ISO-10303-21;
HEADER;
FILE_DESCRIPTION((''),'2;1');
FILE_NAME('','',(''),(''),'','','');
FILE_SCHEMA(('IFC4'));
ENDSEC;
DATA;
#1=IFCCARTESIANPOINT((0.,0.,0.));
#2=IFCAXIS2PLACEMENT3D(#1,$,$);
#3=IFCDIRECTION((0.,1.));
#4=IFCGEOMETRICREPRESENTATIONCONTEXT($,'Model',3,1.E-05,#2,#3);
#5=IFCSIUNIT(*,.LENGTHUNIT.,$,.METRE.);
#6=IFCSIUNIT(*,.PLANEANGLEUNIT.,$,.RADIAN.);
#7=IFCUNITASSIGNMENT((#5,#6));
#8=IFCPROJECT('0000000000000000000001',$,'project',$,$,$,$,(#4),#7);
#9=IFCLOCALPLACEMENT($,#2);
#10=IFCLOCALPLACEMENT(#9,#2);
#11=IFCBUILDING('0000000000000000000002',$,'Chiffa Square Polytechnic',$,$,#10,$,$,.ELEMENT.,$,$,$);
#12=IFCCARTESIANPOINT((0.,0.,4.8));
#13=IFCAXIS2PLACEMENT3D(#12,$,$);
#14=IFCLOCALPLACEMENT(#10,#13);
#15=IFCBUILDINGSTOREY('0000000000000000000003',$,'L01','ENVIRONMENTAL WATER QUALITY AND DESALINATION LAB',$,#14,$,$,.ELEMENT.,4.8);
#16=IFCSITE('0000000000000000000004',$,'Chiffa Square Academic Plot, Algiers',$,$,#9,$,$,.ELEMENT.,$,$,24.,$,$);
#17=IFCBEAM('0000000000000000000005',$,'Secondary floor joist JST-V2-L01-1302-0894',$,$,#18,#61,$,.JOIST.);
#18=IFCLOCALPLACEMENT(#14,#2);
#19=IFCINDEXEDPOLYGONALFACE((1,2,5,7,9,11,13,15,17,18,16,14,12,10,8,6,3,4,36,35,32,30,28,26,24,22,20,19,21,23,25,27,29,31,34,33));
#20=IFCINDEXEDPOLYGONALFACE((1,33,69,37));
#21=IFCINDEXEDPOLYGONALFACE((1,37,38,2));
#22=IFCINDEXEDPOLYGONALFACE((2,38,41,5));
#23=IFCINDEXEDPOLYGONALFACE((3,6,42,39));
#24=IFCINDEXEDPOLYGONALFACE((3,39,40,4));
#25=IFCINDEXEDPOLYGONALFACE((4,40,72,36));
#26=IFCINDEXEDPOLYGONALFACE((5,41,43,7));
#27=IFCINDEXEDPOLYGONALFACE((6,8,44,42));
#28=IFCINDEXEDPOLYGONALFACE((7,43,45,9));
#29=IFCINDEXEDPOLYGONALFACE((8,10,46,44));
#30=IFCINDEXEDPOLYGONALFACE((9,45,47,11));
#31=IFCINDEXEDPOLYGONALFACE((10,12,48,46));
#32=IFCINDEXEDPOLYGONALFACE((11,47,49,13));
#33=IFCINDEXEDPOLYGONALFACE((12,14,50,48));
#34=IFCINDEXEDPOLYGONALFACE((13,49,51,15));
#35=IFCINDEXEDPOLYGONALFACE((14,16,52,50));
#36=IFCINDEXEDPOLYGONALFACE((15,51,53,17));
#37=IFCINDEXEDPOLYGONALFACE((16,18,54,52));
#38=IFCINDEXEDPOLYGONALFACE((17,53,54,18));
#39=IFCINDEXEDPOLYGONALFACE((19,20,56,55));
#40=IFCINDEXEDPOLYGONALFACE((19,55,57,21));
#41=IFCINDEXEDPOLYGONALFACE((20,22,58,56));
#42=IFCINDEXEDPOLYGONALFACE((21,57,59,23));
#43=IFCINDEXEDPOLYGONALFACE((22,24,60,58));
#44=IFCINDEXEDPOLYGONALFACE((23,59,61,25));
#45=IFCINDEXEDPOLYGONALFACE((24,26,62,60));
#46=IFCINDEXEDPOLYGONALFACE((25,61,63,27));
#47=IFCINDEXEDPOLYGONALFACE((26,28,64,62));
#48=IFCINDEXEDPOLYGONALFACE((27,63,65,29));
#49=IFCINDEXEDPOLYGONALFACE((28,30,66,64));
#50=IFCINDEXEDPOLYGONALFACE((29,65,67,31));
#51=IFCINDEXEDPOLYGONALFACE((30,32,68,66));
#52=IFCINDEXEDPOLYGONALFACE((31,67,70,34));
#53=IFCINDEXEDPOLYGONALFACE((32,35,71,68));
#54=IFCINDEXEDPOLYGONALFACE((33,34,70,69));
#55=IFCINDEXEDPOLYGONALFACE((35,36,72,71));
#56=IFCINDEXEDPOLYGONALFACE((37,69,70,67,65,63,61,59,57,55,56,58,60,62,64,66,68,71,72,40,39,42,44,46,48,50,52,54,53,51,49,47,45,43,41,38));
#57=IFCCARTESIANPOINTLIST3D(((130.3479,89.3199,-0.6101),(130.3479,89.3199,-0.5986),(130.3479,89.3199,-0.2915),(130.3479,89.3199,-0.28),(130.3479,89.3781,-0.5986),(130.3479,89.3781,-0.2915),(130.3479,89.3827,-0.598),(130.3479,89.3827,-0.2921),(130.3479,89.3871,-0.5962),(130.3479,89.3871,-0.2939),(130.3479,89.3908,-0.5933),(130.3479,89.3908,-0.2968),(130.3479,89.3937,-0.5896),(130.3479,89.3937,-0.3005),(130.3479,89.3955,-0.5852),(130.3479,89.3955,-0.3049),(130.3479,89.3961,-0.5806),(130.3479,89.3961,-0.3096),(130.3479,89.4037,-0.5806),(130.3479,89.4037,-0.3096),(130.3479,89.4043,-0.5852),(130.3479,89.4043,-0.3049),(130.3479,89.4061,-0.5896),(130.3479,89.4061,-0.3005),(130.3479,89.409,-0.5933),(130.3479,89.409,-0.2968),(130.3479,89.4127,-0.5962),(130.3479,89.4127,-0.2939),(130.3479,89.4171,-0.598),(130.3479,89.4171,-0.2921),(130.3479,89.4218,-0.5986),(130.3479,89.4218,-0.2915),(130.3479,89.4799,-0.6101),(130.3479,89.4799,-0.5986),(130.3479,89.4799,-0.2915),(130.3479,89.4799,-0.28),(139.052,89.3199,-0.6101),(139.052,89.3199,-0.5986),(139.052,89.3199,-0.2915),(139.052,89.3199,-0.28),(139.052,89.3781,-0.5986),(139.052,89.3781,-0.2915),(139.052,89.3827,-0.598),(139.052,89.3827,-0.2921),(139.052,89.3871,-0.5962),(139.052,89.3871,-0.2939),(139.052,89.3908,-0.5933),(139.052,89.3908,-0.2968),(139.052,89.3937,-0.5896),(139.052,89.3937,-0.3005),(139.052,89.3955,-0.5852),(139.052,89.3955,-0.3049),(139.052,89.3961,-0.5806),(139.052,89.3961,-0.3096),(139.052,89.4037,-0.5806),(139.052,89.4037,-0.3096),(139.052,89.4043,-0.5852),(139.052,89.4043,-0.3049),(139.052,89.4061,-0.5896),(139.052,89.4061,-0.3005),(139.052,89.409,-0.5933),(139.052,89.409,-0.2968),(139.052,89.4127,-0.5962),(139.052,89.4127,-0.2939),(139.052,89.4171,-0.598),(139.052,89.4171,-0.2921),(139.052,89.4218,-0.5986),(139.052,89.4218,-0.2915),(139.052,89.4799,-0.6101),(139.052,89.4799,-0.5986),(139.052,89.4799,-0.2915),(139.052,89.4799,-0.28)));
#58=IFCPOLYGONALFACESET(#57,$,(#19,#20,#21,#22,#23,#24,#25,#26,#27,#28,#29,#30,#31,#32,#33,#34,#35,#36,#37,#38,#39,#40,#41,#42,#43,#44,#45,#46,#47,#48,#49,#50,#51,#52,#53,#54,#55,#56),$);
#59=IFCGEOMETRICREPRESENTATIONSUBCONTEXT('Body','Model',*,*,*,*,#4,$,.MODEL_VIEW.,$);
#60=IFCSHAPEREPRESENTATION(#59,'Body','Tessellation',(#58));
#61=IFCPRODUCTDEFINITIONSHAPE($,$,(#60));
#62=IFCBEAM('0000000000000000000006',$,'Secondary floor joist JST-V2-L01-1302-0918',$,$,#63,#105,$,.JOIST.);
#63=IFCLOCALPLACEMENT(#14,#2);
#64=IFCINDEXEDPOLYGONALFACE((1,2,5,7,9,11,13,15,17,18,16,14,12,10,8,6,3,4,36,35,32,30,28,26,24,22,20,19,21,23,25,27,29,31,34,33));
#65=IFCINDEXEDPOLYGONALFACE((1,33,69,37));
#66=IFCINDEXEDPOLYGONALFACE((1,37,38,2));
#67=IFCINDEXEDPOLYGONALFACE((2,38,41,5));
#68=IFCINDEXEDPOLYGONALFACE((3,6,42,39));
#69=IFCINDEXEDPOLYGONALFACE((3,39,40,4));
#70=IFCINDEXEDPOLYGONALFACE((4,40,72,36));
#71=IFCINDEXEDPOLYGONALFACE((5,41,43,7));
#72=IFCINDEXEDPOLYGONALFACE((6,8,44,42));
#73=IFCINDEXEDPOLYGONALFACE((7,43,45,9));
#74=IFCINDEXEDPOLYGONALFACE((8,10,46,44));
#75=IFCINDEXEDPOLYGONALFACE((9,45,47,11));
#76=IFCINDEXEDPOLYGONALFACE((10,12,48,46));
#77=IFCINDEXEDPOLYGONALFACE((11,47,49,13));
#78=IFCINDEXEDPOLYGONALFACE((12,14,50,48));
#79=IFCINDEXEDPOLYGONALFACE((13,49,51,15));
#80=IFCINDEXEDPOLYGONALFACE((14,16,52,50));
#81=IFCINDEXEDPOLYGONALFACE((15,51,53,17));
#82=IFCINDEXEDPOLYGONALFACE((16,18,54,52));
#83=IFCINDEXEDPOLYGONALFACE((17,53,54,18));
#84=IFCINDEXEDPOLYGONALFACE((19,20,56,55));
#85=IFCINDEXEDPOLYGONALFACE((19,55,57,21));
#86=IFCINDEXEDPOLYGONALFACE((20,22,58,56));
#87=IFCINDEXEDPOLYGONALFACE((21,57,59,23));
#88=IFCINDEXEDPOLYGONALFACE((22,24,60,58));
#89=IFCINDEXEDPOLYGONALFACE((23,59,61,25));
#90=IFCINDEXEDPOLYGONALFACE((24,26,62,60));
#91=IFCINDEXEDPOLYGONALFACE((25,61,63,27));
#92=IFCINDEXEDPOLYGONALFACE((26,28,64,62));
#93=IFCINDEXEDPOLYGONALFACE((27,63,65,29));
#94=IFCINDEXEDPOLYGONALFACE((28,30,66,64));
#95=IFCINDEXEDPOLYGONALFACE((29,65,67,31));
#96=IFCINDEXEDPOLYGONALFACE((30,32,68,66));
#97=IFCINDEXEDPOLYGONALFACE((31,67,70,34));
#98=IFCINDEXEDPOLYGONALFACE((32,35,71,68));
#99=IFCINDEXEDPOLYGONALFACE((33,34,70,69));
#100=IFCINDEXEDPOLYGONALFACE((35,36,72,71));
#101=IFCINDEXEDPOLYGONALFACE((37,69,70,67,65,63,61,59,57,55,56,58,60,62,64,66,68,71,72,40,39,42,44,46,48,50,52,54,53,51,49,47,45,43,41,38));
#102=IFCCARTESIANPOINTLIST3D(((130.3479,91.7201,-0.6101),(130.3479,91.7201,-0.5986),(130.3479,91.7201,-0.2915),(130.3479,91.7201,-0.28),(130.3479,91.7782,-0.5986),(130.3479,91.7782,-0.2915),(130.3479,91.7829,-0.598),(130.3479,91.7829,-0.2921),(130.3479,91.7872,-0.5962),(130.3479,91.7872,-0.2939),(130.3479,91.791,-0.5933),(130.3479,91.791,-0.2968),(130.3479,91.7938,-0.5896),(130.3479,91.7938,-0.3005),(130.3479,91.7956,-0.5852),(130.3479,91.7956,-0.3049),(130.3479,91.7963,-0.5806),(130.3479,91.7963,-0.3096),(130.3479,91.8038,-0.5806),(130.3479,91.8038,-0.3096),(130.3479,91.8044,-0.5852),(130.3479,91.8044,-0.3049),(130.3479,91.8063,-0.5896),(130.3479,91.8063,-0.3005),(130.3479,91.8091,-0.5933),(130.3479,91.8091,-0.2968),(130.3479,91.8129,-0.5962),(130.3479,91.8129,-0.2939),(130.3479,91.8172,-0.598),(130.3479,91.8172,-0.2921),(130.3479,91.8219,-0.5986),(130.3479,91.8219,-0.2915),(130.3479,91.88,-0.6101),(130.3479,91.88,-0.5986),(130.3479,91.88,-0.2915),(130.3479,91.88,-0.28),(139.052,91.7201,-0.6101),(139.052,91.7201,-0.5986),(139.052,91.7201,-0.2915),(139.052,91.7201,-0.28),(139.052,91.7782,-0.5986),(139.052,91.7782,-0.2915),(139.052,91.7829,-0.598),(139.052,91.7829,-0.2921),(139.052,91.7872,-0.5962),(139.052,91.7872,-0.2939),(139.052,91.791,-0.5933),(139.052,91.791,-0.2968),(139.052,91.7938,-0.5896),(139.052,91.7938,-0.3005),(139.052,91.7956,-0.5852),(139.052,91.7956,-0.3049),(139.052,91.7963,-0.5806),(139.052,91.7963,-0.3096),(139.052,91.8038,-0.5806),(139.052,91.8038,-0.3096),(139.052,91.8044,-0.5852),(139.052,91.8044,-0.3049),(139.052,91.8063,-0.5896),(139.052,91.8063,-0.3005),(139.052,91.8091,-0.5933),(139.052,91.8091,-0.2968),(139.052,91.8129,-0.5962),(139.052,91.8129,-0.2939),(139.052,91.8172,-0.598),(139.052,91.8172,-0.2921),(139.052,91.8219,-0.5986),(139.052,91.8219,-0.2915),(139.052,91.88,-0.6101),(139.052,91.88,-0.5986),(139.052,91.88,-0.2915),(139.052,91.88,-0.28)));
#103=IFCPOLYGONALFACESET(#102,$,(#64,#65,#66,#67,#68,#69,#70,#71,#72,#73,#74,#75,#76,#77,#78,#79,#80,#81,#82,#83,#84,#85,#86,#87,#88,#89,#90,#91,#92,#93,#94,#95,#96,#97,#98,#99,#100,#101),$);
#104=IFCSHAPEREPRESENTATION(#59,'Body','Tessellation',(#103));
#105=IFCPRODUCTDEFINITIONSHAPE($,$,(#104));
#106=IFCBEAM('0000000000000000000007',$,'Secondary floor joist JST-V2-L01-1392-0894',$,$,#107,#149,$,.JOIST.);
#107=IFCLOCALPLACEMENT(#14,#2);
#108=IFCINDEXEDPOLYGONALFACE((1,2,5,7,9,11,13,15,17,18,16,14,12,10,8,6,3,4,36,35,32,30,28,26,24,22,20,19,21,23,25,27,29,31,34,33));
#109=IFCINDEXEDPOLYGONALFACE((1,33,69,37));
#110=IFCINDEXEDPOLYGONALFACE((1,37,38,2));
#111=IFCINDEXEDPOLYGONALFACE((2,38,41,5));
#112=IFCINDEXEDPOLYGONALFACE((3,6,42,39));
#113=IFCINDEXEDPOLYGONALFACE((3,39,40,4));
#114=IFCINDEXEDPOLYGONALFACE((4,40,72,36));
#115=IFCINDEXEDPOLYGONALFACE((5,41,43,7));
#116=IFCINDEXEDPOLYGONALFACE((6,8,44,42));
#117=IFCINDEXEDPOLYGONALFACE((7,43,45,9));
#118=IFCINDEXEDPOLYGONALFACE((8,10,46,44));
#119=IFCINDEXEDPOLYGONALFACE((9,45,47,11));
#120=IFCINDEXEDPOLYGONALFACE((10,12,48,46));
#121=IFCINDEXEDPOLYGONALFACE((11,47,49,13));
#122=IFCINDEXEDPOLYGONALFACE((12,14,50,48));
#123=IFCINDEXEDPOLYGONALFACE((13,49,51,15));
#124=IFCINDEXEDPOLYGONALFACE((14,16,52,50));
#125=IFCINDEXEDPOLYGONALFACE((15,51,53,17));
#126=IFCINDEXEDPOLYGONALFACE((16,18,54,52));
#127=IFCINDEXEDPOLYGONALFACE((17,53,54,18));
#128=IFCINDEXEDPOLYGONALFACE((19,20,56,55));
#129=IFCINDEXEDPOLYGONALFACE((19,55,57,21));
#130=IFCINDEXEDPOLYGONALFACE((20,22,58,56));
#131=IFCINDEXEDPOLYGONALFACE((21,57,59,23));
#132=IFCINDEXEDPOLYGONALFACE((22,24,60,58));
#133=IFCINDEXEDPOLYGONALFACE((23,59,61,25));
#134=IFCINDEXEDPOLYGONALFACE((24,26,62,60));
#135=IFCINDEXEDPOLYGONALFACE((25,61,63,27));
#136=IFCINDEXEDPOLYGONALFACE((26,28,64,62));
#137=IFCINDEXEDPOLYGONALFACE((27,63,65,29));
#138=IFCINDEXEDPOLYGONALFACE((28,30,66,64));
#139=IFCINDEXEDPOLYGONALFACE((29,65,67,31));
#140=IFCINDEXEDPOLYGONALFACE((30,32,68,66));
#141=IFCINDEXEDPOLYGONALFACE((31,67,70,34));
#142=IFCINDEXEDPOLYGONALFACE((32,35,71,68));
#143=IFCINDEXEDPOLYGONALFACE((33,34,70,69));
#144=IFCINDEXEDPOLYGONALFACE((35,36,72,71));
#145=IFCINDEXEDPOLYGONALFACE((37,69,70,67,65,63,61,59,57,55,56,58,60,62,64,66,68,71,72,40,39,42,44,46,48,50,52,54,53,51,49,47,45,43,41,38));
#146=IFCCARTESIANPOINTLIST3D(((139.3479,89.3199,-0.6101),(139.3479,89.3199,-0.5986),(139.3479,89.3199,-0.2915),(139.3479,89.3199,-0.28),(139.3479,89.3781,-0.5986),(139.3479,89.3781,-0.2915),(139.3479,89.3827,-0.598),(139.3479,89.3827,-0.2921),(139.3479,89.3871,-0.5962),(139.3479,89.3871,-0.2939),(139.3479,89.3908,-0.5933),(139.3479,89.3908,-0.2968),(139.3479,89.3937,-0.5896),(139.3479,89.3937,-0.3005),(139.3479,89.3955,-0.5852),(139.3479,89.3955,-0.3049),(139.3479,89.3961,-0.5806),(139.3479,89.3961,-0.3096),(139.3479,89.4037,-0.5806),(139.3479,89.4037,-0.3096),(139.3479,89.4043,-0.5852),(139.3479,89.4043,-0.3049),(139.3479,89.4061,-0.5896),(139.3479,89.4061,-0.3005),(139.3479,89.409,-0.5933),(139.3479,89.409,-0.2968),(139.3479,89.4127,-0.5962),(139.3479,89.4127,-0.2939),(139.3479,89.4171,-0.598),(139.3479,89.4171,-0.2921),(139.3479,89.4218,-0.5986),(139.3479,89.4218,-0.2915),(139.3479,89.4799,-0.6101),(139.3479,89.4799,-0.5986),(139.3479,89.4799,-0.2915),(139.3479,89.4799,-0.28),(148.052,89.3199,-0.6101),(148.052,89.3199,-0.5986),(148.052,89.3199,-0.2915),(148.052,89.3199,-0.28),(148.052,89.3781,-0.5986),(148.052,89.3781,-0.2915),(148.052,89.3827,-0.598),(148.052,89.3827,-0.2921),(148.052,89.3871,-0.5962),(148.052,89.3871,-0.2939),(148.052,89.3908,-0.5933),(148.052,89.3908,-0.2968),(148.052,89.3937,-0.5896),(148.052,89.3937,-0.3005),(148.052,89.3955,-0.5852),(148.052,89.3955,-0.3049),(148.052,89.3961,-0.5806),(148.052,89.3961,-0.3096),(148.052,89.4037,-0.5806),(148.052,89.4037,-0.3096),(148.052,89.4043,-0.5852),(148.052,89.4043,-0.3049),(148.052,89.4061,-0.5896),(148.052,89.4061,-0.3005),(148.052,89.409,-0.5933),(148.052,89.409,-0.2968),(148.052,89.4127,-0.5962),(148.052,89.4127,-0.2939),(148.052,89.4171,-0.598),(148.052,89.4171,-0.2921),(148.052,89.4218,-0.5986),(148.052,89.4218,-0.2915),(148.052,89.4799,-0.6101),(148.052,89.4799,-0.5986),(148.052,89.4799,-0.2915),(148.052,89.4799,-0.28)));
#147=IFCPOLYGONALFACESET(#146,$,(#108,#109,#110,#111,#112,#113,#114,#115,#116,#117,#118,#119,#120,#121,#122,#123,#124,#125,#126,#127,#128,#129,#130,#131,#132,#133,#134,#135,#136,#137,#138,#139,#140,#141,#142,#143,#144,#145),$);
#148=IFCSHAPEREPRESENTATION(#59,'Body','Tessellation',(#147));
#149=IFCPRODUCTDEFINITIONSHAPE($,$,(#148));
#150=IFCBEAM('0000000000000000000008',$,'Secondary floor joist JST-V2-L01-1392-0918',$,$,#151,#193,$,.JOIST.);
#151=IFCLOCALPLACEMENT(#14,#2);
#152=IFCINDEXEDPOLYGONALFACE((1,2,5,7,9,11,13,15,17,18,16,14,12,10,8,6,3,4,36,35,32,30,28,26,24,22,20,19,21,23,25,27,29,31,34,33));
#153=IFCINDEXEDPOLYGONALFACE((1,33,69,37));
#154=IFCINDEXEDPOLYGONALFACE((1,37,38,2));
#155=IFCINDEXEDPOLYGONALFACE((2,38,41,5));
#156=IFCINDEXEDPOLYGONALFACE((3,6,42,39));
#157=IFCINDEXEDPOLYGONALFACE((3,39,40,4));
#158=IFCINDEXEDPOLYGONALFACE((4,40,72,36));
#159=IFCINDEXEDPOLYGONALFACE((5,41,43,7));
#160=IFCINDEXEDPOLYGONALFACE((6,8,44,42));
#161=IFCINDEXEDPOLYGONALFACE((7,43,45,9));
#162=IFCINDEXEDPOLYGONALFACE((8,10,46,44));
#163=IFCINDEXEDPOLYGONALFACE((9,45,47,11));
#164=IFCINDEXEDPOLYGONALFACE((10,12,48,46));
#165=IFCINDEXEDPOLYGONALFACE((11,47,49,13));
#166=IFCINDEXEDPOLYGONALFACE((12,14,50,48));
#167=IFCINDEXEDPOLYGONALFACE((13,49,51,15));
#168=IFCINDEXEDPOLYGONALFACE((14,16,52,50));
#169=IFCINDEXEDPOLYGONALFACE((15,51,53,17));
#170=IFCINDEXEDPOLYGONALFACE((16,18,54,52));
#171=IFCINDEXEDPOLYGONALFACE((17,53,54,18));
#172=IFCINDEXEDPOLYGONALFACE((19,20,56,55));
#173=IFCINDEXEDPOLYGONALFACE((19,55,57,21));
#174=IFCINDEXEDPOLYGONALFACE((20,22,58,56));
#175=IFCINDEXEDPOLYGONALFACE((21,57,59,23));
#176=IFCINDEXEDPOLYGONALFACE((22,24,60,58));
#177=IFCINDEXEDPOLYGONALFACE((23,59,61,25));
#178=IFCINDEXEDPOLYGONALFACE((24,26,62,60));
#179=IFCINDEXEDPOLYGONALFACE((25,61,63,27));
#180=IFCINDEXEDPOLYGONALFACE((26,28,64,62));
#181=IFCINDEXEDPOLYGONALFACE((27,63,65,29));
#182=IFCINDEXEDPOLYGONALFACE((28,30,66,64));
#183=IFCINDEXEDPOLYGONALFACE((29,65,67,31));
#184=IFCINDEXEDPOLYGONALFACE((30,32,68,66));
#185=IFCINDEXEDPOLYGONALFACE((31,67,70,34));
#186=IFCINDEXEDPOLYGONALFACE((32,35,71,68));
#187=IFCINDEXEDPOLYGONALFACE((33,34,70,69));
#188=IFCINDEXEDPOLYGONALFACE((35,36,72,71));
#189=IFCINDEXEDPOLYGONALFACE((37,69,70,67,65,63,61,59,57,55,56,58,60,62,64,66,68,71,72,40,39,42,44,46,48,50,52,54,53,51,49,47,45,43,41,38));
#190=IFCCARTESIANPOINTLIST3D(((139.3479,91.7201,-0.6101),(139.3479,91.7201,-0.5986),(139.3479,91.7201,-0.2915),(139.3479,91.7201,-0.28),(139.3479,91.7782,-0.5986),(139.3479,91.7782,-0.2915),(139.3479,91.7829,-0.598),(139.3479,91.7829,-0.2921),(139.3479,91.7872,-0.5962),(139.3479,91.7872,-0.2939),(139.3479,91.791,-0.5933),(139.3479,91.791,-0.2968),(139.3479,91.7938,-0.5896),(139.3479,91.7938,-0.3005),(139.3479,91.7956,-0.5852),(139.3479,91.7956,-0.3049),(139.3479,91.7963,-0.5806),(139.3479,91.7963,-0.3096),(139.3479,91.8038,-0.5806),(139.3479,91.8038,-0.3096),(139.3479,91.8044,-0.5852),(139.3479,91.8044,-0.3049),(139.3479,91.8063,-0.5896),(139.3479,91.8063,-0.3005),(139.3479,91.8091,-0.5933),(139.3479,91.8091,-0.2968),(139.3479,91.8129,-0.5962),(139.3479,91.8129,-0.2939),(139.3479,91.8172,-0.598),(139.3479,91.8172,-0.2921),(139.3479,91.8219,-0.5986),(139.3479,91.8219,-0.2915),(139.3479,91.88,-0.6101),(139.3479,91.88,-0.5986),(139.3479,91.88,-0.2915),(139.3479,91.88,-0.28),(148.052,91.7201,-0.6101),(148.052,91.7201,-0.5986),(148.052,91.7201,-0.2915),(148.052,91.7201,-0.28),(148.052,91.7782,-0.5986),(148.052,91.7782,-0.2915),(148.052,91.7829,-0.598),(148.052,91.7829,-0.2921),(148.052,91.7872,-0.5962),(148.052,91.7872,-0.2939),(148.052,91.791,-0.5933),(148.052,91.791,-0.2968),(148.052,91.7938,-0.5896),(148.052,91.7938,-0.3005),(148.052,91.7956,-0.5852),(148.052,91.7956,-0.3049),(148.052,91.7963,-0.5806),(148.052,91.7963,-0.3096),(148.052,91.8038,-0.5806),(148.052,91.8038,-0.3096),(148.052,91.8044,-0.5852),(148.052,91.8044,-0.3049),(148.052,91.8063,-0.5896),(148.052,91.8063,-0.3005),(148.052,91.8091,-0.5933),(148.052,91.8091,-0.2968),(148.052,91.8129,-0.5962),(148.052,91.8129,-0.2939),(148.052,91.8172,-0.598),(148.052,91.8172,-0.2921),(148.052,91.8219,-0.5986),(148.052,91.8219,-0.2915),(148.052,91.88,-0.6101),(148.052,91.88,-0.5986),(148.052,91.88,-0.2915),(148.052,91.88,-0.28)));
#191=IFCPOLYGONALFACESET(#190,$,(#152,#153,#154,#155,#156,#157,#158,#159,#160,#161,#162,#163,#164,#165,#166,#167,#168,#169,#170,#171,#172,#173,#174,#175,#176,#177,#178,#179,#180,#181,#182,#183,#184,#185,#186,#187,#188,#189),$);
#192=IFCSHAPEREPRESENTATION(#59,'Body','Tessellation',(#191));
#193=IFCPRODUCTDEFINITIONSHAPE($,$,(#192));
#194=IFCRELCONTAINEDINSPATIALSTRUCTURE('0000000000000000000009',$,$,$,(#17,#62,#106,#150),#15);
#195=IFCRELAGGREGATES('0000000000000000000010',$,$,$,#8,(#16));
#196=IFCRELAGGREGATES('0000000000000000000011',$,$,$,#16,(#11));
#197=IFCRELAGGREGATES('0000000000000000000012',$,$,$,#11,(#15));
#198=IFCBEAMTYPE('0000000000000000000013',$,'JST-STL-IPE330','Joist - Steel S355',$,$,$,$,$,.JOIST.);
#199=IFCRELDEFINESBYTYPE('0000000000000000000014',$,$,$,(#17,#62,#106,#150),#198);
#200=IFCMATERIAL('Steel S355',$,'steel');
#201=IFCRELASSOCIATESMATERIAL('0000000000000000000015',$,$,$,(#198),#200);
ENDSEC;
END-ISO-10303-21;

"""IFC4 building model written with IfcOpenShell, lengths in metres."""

from ifc_helpers import new_model, si_unit, direction, frame, origin, origin_2d, place, context, subcontext, project, spatial, i_section, extrude, material, material_profile, profile_set, type_object, element, save


model = new_model("IFC4")

# Units and contexts
model_context = context("Model", 3, precision=1e-05, world=origin(), true_north=direction((0.0, 1.0)))
body_context = subcontext(model_context, "Body", "Model", "MODEL_VIEW")
ifc_project = project(units=[si_unit("LENGTHUNIT", "METRE"), si_unit("PLANEANGLEUNIT", "RADIAN")], contexts=[model_context])

# Site, building, storey
site_placement = place(None, origin())
site = spatial("IfcSite", under=ifc_project, at=site_placement, Name="Chiffa Square Academic Plot, Algiers", CompositionType="ELEMENT", RefElevation=24.0)
building_placement = place(site_placement, origin())
building = spatial("IfcBuilding", under=site, at=building_placement, Name="Chiffa Square Polytechnic", CompositionType="ELEMENT")
storey_placement = place(building_placement, frame((0.0, 0.0, 4.8)))
storey = spatial("IfcBuildingStorey", under=building, at=storey_placement, Name="L01", Description="ENVIRONMENTAL WATER QUALITY AND DESALINATION LAB", CompositionType="ELEMENT", Elevation=4.8)

# Shared definitions
ifc_material_1 = material(Name="Steel S355", Category="steel")

# Beams
ifc_material_profile_1 = material_profile(ifc_material_1, i_section(OverallWidth=0.1599, OverallDepth=0.3301, WebThickness=0.0076, FlangeThickness=0.0115, FilletRadius=0.0181, at=origin_2d()), Name="IPE 330")
ifc_profile_set_1 = profile_set([ifc_material_profile_1], Name="Steel S355")
beam_type_1 = type_object("IfcBeamType", Name="JST-STL-IPE330", Description="Joist - Steel S355", PredefinedType="JOIST", material=ifc_profile_set_1)
for number, where, z_axis, x_axis, name in (
    (1, (130.3479, 89.3999, -0.4451), (1.0, 0.0, 0.0), (0.0, 1.0, 0.0), "Secondary floor joist JST-V2-L01-1302-0894"),
    (2, (130.3479, 91.8, -0.4451), (1.0, 0.0, 0.0), (0.0, 1.0, 0.0), "Secondary floor joist JST-V2-L01-1302-0918"),
    (3, (139.3479, 89.3999, -0.4451), (1.0, 0.0, 0.0), (0.0, 1.0, 0.0), "Secondary floor joist JST-V2-L01-1392-0894"),
    (4, (139.3479, 91.8, -0.4451), (1.0, 0.0, 0.0), (0.0, 1.0, 0.0), "Secondary floor joist JST-V2-L01-1392-0918"),
):
    element("IfcBeam", number, at=place(storey_placement, frame(where, z_axis=z_axis, x_axis=x_axis)), inside=storey, type_object=beam_type_1, Name=name, PredefinedType="JOIST", context=body_context, shape_type="SweptSolid", body=[
        extrude(i_section(OverallWidth=0.1599, OverallDepth=0.3301, WebThickness=0.0076, FlangeThickness=0.0115, FilletRadius=0.0181, at=origin_2d()), origin(), (0.0, 0.0, 1.0), 8.7041),
    ])

save(model, "model.ifc")
